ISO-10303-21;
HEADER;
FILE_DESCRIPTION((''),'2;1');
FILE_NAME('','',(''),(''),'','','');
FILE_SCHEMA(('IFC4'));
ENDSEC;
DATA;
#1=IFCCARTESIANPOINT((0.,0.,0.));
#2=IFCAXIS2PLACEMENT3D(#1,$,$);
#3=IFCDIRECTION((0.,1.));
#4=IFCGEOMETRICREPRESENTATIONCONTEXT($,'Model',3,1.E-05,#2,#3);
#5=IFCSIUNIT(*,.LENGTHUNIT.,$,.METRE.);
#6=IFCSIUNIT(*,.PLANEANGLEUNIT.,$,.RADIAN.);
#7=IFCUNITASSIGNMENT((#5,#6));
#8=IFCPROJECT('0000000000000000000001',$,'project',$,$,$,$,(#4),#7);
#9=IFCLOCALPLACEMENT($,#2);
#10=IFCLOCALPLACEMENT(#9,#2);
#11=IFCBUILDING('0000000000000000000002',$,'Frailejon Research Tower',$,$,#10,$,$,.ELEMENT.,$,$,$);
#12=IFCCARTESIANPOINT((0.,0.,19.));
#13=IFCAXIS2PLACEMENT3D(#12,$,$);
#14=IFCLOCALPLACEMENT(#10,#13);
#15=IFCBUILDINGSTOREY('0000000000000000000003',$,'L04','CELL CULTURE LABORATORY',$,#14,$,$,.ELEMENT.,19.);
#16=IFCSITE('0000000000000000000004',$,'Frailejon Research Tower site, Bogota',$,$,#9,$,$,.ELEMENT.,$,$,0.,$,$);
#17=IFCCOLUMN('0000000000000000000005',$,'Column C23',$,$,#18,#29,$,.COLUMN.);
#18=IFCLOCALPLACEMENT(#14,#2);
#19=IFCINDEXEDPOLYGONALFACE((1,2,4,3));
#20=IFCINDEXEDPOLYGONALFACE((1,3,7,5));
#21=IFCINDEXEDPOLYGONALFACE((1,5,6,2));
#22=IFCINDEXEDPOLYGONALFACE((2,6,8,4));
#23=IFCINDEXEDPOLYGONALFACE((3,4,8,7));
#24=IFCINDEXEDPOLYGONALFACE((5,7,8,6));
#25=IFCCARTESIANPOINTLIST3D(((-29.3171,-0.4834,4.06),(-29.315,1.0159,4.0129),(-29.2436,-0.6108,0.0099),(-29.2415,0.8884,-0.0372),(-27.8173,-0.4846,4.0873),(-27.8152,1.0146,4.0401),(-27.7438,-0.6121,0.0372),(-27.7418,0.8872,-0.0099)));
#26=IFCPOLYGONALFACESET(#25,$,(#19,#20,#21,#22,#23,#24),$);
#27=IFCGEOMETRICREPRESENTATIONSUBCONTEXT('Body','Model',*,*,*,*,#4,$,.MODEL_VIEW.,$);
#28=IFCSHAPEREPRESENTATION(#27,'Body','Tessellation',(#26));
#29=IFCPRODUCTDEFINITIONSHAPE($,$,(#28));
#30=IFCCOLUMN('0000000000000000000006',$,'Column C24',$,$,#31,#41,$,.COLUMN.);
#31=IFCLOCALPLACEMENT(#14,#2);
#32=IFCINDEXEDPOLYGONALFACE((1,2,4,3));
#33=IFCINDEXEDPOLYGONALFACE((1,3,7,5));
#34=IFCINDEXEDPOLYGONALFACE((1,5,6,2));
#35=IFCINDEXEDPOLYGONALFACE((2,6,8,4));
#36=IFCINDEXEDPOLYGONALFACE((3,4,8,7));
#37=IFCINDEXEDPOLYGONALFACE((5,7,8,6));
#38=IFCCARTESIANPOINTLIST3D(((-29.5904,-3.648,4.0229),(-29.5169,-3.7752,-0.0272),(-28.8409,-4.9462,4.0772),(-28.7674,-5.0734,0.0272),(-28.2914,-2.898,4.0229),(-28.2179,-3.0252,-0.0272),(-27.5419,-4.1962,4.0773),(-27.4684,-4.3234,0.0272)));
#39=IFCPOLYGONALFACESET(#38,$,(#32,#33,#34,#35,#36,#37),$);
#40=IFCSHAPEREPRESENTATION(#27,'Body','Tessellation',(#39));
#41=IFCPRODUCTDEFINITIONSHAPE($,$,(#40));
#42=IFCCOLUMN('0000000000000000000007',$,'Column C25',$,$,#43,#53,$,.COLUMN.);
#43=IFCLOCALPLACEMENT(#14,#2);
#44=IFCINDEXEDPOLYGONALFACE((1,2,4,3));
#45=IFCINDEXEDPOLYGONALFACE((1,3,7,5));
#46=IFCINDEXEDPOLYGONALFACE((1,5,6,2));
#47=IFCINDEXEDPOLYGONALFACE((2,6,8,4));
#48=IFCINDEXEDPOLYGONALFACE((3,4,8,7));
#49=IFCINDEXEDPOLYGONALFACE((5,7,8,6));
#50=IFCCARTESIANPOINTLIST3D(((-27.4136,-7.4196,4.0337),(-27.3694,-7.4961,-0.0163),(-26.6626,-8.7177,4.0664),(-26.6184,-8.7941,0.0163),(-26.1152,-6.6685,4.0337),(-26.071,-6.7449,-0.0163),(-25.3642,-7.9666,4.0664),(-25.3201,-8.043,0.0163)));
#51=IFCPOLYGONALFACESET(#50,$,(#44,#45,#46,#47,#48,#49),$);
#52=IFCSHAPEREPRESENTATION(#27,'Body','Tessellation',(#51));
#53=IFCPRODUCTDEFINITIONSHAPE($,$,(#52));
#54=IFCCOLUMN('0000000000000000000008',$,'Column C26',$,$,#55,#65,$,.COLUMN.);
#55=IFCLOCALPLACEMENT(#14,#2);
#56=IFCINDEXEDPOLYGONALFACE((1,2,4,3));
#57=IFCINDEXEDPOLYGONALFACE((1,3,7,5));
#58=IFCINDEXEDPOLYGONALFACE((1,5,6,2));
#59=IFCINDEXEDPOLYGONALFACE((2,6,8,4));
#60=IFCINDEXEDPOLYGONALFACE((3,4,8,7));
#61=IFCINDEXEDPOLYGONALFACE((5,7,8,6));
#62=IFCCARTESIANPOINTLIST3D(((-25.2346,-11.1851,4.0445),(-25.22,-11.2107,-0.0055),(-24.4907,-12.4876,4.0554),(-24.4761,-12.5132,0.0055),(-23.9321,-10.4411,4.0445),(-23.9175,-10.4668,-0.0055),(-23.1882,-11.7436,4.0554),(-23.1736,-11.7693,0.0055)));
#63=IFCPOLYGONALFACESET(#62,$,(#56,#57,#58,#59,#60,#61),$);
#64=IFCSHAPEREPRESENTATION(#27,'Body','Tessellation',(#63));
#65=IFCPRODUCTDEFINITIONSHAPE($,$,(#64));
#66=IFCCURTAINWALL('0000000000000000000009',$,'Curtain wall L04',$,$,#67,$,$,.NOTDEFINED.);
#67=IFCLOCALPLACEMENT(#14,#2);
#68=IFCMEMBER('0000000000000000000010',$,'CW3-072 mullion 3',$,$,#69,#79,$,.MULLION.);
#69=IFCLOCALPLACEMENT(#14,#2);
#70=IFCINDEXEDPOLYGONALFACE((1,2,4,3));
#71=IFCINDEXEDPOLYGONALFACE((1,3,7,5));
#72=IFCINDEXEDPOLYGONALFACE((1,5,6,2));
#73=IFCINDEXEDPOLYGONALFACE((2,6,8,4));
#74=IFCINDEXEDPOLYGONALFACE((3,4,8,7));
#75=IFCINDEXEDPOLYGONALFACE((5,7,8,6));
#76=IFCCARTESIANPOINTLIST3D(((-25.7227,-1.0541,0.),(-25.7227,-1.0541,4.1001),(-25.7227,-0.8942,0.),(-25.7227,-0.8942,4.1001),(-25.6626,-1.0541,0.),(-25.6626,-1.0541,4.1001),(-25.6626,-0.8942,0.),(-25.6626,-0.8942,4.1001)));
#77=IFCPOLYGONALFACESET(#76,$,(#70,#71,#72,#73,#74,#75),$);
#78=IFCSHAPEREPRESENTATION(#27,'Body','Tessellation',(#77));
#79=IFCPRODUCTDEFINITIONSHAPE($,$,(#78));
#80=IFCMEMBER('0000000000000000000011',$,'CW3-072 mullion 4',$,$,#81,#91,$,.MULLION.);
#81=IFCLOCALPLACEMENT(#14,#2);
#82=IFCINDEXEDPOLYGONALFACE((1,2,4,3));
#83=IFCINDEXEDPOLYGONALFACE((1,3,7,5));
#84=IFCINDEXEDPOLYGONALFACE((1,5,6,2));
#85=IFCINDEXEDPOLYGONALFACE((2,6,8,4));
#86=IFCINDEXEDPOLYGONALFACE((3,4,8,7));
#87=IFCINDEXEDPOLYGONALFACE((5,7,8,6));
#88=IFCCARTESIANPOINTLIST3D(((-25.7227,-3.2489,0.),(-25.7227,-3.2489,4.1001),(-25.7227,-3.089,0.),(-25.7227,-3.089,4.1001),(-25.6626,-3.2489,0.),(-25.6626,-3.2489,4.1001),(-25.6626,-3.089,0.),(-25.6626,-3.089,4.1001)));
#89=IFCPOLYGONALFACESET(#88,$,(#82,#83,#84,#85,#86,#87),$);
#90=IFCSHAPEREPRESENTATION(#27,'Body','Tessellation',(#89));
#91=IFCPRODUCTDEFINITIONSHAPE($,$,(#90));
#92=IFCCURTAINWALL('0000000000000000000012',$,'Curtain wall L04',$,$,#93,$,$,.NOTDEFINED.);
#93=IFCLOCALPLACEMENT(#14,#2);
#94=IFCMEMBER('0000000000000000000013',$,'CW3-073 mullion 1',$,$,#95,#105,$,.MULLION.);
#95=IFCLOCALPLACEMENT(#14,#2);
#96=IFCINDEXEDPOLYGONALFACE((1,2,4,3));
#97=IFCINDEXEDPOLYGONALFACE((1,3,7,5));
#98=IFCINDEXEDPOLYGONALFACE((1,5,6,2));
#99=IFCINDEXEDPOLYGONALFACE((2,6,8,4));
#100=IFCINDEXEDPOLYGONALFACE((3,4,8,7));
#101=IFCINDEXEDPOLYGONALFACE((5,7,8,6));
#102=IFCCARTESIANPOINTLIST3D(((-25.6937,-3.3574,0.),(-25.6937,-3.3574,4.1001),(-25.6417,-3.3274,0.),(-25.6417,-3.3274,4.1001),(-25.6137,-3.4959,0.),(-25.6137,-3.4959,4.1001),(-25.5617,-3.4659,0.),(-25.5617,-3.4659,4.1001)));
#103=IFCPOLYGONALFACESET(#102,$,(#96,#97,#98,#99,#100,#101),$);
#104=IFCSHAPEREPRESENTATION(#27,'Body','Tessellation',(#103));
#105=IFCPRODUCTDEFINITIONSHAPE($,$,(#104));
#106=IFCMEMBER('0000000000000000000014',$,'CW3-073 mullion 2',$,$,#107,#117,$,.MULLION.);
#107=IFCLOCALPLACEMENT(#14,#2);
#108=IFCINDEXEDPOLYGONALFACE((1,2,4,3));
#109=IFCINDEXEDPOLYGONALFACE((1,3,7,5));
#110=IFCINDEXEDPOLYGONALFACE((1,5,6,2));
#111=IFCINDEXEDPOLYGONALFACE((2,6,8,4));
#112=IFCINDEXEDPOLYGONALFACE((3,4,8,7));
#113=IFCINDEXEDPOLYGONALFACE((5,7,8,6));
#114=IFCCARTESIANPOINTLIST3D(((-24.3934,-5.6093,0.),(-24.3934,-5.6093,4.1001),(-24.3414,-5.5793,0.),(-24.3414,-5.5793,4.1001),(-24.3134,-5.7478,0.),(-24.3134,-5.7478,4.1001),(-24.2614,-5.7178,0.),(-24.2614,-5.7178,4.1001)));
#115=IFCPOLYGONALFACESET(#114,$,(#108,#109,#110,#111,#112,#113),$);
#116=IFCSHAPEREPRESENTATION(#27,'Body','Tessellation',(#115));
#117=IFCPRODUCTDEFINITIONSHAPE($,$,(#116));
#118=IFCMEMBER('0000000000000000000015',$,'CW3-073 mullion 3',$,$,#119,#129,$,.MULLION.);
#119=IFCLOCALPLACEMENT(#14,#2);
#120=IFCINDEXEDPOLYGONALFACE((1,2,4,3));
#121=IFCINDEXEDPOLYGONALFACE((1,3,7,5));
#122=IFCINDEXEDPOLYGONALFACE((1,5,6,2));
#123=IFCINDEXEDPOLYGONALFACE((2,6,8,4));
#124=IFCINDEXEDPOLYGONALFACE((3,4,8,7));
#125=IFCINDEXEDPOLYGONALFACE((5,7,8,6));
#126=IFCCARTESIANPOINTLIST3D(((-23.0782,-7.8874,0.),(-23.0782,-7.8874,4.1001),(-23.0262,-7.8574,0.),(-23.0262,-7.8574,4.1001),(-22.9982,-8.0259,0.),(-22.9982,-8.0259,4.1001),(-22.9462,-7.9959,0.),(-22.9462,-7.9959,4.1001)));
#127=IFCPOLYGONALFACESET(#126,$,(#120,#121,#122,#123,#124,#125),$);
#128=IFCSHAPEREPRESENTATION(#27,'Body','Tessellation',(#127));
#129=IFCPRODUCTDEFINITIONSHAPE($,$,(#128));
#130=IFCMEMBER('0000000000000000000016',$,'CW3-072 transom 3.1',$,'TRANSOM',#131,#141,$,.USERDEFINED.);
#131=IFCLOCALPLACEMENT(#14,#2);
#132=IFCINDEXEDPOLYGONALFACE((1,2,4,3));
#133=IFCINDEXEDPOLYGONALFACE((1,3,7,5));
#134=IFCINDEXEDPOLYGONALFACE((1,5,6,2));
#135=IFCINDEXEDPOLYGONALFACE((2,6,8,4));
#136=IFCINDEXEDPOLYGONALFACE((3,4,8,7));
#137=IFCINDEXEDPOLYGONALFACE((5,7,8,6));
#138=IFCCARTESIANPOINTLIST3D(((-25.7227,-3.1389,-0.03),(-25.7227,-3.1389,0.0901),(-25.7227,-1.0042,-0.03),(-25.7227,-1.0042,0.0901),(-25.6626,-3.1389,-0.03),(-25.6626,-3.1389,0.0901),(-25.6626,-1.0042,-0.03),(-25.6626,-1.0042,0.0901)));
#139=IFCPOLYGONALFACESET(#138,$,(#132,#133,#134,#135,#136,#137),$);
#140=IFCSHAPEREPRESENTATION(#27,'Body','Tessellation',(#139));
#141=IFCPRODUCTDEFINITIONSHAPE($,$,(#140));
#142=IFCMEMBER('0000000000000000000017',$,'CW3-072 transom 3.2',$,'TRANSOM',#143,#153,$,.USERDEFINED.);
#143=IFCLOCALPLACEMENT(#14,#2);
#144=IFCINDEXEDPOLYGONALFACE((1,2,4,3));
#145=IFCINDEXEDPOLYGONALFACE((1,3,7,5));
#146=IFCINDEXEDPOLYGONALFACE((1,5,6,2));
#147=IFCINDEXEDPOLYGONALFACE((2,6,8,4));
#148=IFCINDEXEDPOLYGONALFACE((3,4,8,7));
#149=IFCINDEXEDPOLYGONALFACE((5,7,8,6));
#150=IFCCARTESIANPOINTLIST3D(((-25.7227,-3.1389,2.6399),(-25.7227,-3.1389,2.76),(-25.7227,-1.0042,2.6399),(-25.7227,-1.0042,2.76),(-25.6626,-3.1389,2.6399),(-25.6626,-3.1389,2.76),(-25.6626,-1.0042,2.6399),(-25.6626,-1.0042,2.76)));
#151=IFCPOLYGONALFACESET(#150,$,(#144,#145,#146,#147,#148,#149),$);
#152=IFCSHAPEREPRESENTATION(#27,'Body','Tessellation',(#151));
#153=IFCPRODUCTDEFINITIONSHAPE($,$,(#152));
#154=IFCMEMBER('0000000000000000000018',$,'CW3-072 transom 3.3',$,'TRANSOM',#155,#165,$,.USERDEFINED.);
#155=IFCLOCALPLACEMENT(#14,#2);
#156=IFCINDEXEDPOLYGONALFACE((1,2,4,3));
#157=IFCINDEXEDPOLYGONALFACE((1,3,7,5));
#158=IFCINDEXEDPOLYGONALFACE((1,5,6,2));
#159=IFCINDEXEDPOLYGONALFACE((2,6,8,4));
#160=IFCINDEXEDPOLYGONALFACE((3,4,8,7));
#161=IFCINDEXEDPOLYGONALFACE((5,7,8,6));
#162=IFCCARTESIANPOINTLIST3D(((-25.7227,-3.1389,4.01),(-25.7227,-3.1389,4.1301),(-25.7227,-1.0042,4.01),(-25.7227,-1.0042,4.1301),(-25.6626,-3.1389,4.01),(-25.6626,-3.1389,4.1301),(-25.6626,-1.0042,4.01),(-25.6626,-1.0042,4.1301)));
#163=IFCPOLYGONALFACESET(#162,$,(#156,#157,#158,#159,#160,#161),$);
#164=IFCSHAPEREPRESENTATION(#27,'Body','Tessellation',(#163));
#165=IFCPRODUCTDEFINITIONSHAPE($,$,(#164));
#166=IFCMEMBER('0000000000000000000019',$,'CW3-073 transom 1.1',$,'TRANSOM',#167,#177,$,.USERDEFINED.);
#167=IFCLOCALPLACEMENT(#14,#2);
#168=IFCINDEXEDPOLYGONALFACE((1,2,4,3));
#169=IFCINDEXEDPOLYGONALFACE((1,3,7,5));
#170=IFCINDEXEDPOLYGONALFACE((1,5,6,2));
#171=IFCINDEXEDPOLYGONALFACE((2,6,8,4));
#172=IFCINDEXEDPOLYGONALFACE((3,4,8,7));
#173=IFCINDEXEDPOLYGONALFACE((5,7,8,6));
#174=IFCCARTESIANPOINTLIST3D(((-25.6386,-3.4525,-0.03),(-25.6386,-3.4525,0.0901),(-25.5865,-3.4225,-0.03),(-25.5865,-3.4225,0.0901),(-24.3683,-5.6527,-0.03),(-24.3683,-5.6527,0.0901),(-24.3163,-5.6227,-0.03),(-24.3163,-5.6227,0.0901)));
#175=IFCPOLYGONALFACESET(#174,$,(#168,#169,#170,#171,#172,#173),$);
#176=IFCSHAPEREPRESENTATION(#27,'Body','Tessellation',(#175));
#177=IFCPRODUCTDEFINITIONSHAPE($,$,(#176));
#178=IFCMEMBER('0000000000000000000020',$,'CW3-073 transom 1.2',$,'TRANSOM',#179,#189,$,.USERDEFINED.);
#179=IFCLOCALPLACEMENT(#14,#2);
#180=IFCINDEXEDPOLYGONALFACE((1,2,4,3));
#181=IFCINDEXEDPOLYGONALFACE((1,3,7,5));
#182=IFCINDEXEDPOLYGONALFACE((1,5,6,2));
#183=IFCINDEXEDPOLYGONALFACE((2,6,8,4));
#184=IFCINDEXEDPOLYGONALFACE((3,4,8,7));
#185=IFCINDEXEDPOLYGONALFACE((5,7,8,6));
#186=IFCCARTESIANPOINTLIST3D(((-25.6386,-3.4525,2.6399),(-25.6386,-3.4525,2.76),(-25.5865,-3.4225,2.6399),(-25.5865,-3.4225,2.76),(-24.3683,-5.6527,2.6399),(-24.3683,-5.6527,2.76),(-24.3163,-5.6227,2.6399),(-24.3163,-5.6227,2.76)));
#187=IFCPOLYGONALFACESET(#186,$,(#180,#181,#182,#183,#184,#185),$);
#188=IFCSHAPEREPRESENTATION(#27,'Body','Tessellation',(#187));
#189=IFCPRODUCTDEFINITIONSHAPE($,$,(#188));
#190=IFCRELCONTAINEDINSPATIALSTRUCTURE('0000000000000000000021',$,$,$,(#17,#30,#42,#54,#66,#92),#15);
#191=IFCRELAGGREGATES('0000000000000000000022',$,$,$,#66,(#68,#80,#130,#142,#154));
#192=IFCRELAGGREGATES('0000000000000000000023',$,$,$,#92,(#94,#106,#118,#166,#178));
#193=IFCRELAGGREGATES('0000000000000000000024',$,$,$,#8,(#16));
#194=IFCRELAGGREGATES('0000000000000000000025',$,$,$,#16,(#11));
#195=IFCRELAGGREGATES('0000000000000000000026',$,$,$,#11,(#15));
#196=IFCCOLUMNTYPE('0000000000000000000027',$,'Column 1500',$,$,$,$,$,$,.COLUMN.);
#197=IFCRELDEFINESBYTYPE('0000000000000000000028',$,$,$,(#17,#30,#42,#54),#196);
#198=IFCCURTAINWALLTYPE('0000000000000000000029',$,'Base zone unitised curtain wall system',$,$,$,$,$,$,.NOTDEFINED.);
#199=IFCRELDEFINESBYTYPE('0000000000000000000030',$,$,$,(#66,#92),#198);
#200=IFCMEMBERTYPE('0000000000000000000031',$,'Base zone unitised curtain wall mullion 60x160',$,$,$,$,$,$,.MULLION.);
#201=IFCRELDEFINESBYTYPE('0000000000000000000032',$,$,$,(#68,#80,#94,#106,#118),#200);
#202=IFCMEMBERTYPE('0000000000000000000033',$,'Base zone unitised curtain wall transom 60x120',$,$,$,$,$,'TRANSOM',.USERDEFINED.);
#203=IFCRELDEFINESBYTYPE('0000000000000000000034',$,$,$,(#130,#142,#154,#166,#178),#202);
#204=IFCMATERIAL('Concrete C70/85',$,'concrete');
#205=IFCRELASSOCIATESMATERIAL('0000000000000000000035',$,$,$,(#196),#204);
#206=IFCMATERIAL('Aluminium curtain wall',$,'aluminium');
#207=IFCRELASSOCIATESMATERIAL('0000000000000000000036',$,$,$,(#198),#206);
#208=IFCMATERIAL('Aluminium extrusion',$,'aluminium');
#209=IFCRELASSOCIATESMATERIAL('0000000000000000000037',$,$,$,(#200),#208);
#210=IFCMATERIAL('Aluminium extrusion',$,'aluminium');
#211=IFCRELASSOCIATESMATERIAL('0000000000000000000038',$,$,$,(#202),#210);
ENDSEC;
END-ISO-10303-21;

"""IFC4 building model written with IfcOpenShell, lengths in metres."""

from ifc_helpers import new_model, si_unit, direction, frame, origin, origin_2d, place, context, subcontext, project, spatial, rectangle, extrude, material, material_profile, profile_set, type_object, element, aggregate, save


model = new_model("IFC4")

# Units and contexts
model_context = context("Model", 3, precision=1e-05, world=origin(), true_north=direction((0.0, 1.0)))
body_context = subcontext(model_context, "Body", "Model", "MODEL_VIEW")
ifc_project = project(units=[si_unit("LENGTHUNIT", "METRE"), si_unit("PLANEANGLEUNIT", "RADIAN")], contexts=[model_context])

# Site, building, storey
site_placement = place(None, origin())
site = spatial("IfcSite", under=ifc_project, at=site_placement, Name="Frailejon Research Tower site, Bogota", CompositionType="ELEMENT", RefElevation=0.0)
building_placement = place(site_placement, origin())
building = spatial("IfcBuilding", under=site, at=building_placement, Name="Frailejon Research Tower", CompositionType="ELEMENT")
storey_placement = place(building_placement, frame((0.0, 0.0, 19.0)))
storey = spatial("IfcBuildingStorey", under=building, at=storey_placement, Name="L04", Description="CELL CULTURE LABORATORY", CompositionType="ELEMENT", Elevation=19.0)

# Columns
ifc_material_1 = material(Name="Concrete C70/85", Category="concrete")
ifc_material_profile_1 = material_profile(ifc_material_1, rectangle(XDim=1.5, YDim=1.5, at=origin_2d()), Name="Column 1500")
ifc_profile_set_1 = profile_set([ifc_material_profile_1], Name="Concrete C70/85")
column_type = type_object("IfcColumnType", Name="Column 1500", PredefinedType="COLUMN", material=ifc_profile_set_1)
for number, where, z_axis, x_axis, name in (
    (1, (-28.4927, 0.1382, 0.0), (-0.018133, 0.031446, 0.999341), (-0.001396, -0.999505, 0.031426), "Column C23"),
    (2, (-28.4927, -4.0493, 0.0), (-0.018133, 0.031386, 0.999343), (0.499675, -0.865454, 0.036247), "Column C24"),
):
    element("IfcColumn", number, at=place(storey_placement, frame(where, z_axis=z_axis, x_axis=x_axis)), inside=storey, type_object=column_type, Name=name, PredefinedType="COLUMN", context=body_context, shape_type="SweptSolid", body=[
        extrude(rectangle(XDim=1.5, YDim=1.5, at=origin_2d()), origin(), (0.0, 0.0, 1.0), 4.0527),
    ])
column_1_placement = place(storey_placement, frame((-26.3447, -7.7695, 0.0), z_axis=(-0.010908, 0.018863, 0.999763), x_axis=(0.500638, -0.865382, 0.02179)))
element("IfcColumn", 3, at=column_1_placement, inside=storey, type_object=column_type, Name="Column C25", PredefinedType="COLUMN", context=body_context, shape_type="SweptSolid", body=[
    extrude(rectangle(XDim=1.5, YDim=1.5, at=origin_2d()), origin(), (0.0, 0.0, 1.0), 4.051),
])
column_2_placement = place(storey_placement, frame((-24.1968, -11.49, 0.0), z_axis=(-0.003617, 0.006329, 0.999973), x_axis=(0.495951, -0.86832, 0.00729)))
element("IfcColumn", 4, at=column_2_placement, inside=storey, type_object=column_type, Name="Column C26", PredefinedType="COLUMN", context=body_context, shape_type="SweptSolid", body=[
    extrude(rectangle(XDim=1.5, YDim=1.5, at=origin_2d()), origin(), (0.0, 0.0, 1.0), 4.05),
])

# Curtain walls, members
ifc_material_2 = material(Name="Aluminium curtain wall", Category="aluminium")
curtain_wall_type = type_object("IfcCurtainWallType", Name="Base zone unitised curtain wall system", PredefinedType="NOTDEFINED", material=ifc_material_2)
curtain_wall_1_placement = place(storey_placement, origin())
curtain_wall_1 = element("IfcCurtainWall", 5, at=curtain_wall_1_placement, inside=storey, type_object=curtain_wall_type, Name="Curtain wall L04", PredefinedType="NOTDEFINED")
ifc_material_3 = material(Name="Aluminium extrusion", Category="aluminium")
ifc_material_profile_2 = material_profile(ifc_material_3, rectangle(XDim=0.0601, YDim=0.1599, at=origin_2d()), Name="Base zone unitised curtain wall mullion 60x160")
ifc_profile_set_2 = profile_set([ifc_material_profile_2], Name="Aluminium extrusion")
member_type_1 = type_object("IfcMemberType", Name="Base zone unitised curtain wall mullion 60x160", PredefinedType="MULLION", material=ifc_profile_set_2)
member_1_placement = place(storey_placement, frame((-25.6926, -0.9741, 0.0), z_axis=(0.0, 0.0, 1.0), x_axis=(1.0, 0.0, 0.0)))
member_1 = element("IfcMember", 6, at=member_1_placement, type_object=member_type_1, Name="CW3-072 mullion 3", PredefinedType="MULLION", context=body_context, shape_type="SweptSolid", body=[
    extrude(rectangle(XDim=0.0601, YDim=0.1599, at=origin_2d()), origin(), (0.0, 0.0, 1.0), 4.1001),
])
member_2_placement = place(storey_placement, frame((-25.6926, -3.1689, 0.0), z_axis=(0.0, 0.0, 1.0), x_axis=(1.0, 0.0, 0.0)))
member_2 = element("IfcMember", 7, at=member_2_placement, type_object=member_type_1, Name="CW3-072 mullion 4", PredefinedType="MULLION", context=body_context, shape_type="SweptSolid", body=[
    extrude(rectangle(XDim=0.0601, YDim=0.1599, at=origin_2d()), origin(), (0.0, 0.0, 1.0), 4.1001),
])
curtain_wall_2_placement = place(storey_placement, origin())
curtain_wall_2 = element("IfcCurtainWall", 8, at=curtain_wall_2_placement, inside=storey, type_object=curtain_wall_type, Name="Curtain wall L04", PredefinedType="NOTDEFINED")
member_3_placement = place(storey_placement, frame((-25.6277, -3.4116, 0.0), z_axis=(0.0, 0.0, 1.0), x_axis=(0.866027, 0.499997, 0.0)))
member_3 = element("IfcMember", 9, at=member_3_placement, type_object=member_type_1, Name="CW3-073 mullion 1", PredefinedType="MULLION", context=body_context, shape_type="SweptSolid", body=[
    extrude(rectangle(XDim=0.0601, YDim=0.1599, at=origin_2d()), origin(), (0.0, 0.0, 1.0), 4.1001),
])
member_4_placement = place(storey_placement, frame((-24.3274, -5.6636, 0.0), z_axis=(0.0, 0.0, 1.0), x_axis=(0.866027, 0.499997, 0.0)))
member_4 = element("IfcMember", 10, at=member_4_placement, type_object=member_type_1, Name="CW3-073 mullion 2", PredefinedType="MULLION", context=body_context, shape_type="SweptSolid", body=[
    extrude(rectangle(XDim=0.0601, YDim=0.1599, at=origin_2d()), origin(), (0.0, 0.0, 1.0), 4.1001),
])
member_5_placement = place(storey_placement, frame((-23.0122, -7.9417, 0.0), z_axis=(0.0, 0.0, 1.0), x_axis=(0.866027, 0.499997, 0.0)))
member_5 = element("IfcMember", 11, at=member_5_placement, type_object=member_type_1, Name="CW3-073 mullion 3", PredefinedType="MULLION", context=body_context, shape_type="SweptSolid", body=[
    extrude(rectangle(XDim=0.0601, YDim=0.1599, at=origin_2d()), origin(), (0.0, 0.0, 1.0), 4.1001),
])

# Members
ifc_material_4 = material(Name="Aluminium extrusion", Category="aluminium")
ifc_material_profile_3 = material_profile(ifc_material_4, rectangle(XDim=0.0601, YDim=0.1201, at=origin_2d()), Name="Base zone unitised curtain wall transom 60x120")
ifc_profile_set_3 = profile_set([ifc_material_profile_3], Name="Aluminium extrusion")
member_type_2 = type_object("IfcMemberType", Name="Base zone unitised curtain wall transom 60x120", ElementType="TRANSOM", PredefinedType="USERDEFINED", material=ifc_profile_set_3)
member_6_placement = place(storey_placement, frame((-25.6926, -1.0042, 0.03), z_axis=(0.0, -1.0, 0.0), x_axis=(1.0, 0.0, 0.0)))
member_6 = element("IfcMember", 12, at=member_6_placement, type_object=member_type_2, Name="CW3-072 transom 3.1", ObjectType="TRANSOM", PredefinedType="USERDEFINED", context=body_context, shape_type="SweptSolid", body=[
    extrude(rectangle(XDim=0.0601, YDim=0.1201, at=origin_2d()), origin(), (0.0, 0.0, 1.0), 2.1348),
])
member_7_placement = place(storey_placement, frame((-25.6926, -1.0042, 2.7), z_axis=(0.0, -1.0, 0.0), x_axis=(1.0, 0.0, 0.0)))
member_7 = element("IfcMember", 13, at=member_7_placement, type_object=member_type_2, Name="CW3-072 transom 3.2", ObjectType="TRANSOM", PredefinedType="USERDEFINED", context=body_context, shape_type="SweptSolid", body=[
    extrude(rectangle(XDim=0.0601, YDim=0.1201, at=origin_2d()), origin(), (0.0, 0.0, 1.0), 2.1348),
])
member_8_placement = place(storey_placement, frame((-25.6926, -1.0042, 4.0701), z_axis=(0.0, -1.0, 0.0), x_axis=(1.0, 0.0, 0.0)))
member_8 = element("IfcMember", 14, at=member_8_placement, type_object=member_type_2, Name="CW3-072 transom 3.3", ObjectType="TRANSOM", PredefinedType="USERDEFINED", context=body_context, shape_type="SweptSolid", body=[
    extrude(rectangle(XDim=0.0601, YDim=0.1201, at=origin_2d()), origin(), (0.0, 0.0, 1.0), 2.1348),
])
member_9_placement = place(storey_placement, frame((-25.6125, -3.4375, 0.03), z_axis=(0.499994, -0.866029, 0.0), x_axis=(0.866029, 0.499994, 0.0)))
member_9 = element("IfcMember", 15, at=member_9_placement, type_object=member_type_2, Name="CW3-073 transom 1.1", ObjectType="TRANSOM", PredefinedType="USERDEFINED", context=body_context, shape_type="SweptSolid", body=[
    extrude(rectangle(XDim=0.0601, YDim=0.1201, at=origin_2d()), origin(), (0.0, 0.0, 1.0), 2.5405),
])
member_10_placement = place(storey_placement, frame((-25.6125, -3.4375, 2.7), z_axis=(0.499994, -0.866029, 0.0), x_axis=(0.866029, 0.499994, 0.0)))
member_10 = element("IfcMember", 16, at=member_10_placement, type_object=member_type_2, Name="CW3-073 transom 1.2", ObjectType="TRANSOM", PredefinedType="USERDEFINED", context=body_context, shape_type="SweptSolid", body=[
    extrude(rectangle(XDim=0.0601, YDim=0.1201, at=origin_2d()), origin(), (0.0, 0.0, 1.0), 2.5405),
])

aggregate(curtain_wall_1, [member_1, member_2, member_6, member_7, member_8])
aggregate(curtain_wall_2, [member_3, member_4, member_5, member_9, member_10])

save(model, "model.ifc")
